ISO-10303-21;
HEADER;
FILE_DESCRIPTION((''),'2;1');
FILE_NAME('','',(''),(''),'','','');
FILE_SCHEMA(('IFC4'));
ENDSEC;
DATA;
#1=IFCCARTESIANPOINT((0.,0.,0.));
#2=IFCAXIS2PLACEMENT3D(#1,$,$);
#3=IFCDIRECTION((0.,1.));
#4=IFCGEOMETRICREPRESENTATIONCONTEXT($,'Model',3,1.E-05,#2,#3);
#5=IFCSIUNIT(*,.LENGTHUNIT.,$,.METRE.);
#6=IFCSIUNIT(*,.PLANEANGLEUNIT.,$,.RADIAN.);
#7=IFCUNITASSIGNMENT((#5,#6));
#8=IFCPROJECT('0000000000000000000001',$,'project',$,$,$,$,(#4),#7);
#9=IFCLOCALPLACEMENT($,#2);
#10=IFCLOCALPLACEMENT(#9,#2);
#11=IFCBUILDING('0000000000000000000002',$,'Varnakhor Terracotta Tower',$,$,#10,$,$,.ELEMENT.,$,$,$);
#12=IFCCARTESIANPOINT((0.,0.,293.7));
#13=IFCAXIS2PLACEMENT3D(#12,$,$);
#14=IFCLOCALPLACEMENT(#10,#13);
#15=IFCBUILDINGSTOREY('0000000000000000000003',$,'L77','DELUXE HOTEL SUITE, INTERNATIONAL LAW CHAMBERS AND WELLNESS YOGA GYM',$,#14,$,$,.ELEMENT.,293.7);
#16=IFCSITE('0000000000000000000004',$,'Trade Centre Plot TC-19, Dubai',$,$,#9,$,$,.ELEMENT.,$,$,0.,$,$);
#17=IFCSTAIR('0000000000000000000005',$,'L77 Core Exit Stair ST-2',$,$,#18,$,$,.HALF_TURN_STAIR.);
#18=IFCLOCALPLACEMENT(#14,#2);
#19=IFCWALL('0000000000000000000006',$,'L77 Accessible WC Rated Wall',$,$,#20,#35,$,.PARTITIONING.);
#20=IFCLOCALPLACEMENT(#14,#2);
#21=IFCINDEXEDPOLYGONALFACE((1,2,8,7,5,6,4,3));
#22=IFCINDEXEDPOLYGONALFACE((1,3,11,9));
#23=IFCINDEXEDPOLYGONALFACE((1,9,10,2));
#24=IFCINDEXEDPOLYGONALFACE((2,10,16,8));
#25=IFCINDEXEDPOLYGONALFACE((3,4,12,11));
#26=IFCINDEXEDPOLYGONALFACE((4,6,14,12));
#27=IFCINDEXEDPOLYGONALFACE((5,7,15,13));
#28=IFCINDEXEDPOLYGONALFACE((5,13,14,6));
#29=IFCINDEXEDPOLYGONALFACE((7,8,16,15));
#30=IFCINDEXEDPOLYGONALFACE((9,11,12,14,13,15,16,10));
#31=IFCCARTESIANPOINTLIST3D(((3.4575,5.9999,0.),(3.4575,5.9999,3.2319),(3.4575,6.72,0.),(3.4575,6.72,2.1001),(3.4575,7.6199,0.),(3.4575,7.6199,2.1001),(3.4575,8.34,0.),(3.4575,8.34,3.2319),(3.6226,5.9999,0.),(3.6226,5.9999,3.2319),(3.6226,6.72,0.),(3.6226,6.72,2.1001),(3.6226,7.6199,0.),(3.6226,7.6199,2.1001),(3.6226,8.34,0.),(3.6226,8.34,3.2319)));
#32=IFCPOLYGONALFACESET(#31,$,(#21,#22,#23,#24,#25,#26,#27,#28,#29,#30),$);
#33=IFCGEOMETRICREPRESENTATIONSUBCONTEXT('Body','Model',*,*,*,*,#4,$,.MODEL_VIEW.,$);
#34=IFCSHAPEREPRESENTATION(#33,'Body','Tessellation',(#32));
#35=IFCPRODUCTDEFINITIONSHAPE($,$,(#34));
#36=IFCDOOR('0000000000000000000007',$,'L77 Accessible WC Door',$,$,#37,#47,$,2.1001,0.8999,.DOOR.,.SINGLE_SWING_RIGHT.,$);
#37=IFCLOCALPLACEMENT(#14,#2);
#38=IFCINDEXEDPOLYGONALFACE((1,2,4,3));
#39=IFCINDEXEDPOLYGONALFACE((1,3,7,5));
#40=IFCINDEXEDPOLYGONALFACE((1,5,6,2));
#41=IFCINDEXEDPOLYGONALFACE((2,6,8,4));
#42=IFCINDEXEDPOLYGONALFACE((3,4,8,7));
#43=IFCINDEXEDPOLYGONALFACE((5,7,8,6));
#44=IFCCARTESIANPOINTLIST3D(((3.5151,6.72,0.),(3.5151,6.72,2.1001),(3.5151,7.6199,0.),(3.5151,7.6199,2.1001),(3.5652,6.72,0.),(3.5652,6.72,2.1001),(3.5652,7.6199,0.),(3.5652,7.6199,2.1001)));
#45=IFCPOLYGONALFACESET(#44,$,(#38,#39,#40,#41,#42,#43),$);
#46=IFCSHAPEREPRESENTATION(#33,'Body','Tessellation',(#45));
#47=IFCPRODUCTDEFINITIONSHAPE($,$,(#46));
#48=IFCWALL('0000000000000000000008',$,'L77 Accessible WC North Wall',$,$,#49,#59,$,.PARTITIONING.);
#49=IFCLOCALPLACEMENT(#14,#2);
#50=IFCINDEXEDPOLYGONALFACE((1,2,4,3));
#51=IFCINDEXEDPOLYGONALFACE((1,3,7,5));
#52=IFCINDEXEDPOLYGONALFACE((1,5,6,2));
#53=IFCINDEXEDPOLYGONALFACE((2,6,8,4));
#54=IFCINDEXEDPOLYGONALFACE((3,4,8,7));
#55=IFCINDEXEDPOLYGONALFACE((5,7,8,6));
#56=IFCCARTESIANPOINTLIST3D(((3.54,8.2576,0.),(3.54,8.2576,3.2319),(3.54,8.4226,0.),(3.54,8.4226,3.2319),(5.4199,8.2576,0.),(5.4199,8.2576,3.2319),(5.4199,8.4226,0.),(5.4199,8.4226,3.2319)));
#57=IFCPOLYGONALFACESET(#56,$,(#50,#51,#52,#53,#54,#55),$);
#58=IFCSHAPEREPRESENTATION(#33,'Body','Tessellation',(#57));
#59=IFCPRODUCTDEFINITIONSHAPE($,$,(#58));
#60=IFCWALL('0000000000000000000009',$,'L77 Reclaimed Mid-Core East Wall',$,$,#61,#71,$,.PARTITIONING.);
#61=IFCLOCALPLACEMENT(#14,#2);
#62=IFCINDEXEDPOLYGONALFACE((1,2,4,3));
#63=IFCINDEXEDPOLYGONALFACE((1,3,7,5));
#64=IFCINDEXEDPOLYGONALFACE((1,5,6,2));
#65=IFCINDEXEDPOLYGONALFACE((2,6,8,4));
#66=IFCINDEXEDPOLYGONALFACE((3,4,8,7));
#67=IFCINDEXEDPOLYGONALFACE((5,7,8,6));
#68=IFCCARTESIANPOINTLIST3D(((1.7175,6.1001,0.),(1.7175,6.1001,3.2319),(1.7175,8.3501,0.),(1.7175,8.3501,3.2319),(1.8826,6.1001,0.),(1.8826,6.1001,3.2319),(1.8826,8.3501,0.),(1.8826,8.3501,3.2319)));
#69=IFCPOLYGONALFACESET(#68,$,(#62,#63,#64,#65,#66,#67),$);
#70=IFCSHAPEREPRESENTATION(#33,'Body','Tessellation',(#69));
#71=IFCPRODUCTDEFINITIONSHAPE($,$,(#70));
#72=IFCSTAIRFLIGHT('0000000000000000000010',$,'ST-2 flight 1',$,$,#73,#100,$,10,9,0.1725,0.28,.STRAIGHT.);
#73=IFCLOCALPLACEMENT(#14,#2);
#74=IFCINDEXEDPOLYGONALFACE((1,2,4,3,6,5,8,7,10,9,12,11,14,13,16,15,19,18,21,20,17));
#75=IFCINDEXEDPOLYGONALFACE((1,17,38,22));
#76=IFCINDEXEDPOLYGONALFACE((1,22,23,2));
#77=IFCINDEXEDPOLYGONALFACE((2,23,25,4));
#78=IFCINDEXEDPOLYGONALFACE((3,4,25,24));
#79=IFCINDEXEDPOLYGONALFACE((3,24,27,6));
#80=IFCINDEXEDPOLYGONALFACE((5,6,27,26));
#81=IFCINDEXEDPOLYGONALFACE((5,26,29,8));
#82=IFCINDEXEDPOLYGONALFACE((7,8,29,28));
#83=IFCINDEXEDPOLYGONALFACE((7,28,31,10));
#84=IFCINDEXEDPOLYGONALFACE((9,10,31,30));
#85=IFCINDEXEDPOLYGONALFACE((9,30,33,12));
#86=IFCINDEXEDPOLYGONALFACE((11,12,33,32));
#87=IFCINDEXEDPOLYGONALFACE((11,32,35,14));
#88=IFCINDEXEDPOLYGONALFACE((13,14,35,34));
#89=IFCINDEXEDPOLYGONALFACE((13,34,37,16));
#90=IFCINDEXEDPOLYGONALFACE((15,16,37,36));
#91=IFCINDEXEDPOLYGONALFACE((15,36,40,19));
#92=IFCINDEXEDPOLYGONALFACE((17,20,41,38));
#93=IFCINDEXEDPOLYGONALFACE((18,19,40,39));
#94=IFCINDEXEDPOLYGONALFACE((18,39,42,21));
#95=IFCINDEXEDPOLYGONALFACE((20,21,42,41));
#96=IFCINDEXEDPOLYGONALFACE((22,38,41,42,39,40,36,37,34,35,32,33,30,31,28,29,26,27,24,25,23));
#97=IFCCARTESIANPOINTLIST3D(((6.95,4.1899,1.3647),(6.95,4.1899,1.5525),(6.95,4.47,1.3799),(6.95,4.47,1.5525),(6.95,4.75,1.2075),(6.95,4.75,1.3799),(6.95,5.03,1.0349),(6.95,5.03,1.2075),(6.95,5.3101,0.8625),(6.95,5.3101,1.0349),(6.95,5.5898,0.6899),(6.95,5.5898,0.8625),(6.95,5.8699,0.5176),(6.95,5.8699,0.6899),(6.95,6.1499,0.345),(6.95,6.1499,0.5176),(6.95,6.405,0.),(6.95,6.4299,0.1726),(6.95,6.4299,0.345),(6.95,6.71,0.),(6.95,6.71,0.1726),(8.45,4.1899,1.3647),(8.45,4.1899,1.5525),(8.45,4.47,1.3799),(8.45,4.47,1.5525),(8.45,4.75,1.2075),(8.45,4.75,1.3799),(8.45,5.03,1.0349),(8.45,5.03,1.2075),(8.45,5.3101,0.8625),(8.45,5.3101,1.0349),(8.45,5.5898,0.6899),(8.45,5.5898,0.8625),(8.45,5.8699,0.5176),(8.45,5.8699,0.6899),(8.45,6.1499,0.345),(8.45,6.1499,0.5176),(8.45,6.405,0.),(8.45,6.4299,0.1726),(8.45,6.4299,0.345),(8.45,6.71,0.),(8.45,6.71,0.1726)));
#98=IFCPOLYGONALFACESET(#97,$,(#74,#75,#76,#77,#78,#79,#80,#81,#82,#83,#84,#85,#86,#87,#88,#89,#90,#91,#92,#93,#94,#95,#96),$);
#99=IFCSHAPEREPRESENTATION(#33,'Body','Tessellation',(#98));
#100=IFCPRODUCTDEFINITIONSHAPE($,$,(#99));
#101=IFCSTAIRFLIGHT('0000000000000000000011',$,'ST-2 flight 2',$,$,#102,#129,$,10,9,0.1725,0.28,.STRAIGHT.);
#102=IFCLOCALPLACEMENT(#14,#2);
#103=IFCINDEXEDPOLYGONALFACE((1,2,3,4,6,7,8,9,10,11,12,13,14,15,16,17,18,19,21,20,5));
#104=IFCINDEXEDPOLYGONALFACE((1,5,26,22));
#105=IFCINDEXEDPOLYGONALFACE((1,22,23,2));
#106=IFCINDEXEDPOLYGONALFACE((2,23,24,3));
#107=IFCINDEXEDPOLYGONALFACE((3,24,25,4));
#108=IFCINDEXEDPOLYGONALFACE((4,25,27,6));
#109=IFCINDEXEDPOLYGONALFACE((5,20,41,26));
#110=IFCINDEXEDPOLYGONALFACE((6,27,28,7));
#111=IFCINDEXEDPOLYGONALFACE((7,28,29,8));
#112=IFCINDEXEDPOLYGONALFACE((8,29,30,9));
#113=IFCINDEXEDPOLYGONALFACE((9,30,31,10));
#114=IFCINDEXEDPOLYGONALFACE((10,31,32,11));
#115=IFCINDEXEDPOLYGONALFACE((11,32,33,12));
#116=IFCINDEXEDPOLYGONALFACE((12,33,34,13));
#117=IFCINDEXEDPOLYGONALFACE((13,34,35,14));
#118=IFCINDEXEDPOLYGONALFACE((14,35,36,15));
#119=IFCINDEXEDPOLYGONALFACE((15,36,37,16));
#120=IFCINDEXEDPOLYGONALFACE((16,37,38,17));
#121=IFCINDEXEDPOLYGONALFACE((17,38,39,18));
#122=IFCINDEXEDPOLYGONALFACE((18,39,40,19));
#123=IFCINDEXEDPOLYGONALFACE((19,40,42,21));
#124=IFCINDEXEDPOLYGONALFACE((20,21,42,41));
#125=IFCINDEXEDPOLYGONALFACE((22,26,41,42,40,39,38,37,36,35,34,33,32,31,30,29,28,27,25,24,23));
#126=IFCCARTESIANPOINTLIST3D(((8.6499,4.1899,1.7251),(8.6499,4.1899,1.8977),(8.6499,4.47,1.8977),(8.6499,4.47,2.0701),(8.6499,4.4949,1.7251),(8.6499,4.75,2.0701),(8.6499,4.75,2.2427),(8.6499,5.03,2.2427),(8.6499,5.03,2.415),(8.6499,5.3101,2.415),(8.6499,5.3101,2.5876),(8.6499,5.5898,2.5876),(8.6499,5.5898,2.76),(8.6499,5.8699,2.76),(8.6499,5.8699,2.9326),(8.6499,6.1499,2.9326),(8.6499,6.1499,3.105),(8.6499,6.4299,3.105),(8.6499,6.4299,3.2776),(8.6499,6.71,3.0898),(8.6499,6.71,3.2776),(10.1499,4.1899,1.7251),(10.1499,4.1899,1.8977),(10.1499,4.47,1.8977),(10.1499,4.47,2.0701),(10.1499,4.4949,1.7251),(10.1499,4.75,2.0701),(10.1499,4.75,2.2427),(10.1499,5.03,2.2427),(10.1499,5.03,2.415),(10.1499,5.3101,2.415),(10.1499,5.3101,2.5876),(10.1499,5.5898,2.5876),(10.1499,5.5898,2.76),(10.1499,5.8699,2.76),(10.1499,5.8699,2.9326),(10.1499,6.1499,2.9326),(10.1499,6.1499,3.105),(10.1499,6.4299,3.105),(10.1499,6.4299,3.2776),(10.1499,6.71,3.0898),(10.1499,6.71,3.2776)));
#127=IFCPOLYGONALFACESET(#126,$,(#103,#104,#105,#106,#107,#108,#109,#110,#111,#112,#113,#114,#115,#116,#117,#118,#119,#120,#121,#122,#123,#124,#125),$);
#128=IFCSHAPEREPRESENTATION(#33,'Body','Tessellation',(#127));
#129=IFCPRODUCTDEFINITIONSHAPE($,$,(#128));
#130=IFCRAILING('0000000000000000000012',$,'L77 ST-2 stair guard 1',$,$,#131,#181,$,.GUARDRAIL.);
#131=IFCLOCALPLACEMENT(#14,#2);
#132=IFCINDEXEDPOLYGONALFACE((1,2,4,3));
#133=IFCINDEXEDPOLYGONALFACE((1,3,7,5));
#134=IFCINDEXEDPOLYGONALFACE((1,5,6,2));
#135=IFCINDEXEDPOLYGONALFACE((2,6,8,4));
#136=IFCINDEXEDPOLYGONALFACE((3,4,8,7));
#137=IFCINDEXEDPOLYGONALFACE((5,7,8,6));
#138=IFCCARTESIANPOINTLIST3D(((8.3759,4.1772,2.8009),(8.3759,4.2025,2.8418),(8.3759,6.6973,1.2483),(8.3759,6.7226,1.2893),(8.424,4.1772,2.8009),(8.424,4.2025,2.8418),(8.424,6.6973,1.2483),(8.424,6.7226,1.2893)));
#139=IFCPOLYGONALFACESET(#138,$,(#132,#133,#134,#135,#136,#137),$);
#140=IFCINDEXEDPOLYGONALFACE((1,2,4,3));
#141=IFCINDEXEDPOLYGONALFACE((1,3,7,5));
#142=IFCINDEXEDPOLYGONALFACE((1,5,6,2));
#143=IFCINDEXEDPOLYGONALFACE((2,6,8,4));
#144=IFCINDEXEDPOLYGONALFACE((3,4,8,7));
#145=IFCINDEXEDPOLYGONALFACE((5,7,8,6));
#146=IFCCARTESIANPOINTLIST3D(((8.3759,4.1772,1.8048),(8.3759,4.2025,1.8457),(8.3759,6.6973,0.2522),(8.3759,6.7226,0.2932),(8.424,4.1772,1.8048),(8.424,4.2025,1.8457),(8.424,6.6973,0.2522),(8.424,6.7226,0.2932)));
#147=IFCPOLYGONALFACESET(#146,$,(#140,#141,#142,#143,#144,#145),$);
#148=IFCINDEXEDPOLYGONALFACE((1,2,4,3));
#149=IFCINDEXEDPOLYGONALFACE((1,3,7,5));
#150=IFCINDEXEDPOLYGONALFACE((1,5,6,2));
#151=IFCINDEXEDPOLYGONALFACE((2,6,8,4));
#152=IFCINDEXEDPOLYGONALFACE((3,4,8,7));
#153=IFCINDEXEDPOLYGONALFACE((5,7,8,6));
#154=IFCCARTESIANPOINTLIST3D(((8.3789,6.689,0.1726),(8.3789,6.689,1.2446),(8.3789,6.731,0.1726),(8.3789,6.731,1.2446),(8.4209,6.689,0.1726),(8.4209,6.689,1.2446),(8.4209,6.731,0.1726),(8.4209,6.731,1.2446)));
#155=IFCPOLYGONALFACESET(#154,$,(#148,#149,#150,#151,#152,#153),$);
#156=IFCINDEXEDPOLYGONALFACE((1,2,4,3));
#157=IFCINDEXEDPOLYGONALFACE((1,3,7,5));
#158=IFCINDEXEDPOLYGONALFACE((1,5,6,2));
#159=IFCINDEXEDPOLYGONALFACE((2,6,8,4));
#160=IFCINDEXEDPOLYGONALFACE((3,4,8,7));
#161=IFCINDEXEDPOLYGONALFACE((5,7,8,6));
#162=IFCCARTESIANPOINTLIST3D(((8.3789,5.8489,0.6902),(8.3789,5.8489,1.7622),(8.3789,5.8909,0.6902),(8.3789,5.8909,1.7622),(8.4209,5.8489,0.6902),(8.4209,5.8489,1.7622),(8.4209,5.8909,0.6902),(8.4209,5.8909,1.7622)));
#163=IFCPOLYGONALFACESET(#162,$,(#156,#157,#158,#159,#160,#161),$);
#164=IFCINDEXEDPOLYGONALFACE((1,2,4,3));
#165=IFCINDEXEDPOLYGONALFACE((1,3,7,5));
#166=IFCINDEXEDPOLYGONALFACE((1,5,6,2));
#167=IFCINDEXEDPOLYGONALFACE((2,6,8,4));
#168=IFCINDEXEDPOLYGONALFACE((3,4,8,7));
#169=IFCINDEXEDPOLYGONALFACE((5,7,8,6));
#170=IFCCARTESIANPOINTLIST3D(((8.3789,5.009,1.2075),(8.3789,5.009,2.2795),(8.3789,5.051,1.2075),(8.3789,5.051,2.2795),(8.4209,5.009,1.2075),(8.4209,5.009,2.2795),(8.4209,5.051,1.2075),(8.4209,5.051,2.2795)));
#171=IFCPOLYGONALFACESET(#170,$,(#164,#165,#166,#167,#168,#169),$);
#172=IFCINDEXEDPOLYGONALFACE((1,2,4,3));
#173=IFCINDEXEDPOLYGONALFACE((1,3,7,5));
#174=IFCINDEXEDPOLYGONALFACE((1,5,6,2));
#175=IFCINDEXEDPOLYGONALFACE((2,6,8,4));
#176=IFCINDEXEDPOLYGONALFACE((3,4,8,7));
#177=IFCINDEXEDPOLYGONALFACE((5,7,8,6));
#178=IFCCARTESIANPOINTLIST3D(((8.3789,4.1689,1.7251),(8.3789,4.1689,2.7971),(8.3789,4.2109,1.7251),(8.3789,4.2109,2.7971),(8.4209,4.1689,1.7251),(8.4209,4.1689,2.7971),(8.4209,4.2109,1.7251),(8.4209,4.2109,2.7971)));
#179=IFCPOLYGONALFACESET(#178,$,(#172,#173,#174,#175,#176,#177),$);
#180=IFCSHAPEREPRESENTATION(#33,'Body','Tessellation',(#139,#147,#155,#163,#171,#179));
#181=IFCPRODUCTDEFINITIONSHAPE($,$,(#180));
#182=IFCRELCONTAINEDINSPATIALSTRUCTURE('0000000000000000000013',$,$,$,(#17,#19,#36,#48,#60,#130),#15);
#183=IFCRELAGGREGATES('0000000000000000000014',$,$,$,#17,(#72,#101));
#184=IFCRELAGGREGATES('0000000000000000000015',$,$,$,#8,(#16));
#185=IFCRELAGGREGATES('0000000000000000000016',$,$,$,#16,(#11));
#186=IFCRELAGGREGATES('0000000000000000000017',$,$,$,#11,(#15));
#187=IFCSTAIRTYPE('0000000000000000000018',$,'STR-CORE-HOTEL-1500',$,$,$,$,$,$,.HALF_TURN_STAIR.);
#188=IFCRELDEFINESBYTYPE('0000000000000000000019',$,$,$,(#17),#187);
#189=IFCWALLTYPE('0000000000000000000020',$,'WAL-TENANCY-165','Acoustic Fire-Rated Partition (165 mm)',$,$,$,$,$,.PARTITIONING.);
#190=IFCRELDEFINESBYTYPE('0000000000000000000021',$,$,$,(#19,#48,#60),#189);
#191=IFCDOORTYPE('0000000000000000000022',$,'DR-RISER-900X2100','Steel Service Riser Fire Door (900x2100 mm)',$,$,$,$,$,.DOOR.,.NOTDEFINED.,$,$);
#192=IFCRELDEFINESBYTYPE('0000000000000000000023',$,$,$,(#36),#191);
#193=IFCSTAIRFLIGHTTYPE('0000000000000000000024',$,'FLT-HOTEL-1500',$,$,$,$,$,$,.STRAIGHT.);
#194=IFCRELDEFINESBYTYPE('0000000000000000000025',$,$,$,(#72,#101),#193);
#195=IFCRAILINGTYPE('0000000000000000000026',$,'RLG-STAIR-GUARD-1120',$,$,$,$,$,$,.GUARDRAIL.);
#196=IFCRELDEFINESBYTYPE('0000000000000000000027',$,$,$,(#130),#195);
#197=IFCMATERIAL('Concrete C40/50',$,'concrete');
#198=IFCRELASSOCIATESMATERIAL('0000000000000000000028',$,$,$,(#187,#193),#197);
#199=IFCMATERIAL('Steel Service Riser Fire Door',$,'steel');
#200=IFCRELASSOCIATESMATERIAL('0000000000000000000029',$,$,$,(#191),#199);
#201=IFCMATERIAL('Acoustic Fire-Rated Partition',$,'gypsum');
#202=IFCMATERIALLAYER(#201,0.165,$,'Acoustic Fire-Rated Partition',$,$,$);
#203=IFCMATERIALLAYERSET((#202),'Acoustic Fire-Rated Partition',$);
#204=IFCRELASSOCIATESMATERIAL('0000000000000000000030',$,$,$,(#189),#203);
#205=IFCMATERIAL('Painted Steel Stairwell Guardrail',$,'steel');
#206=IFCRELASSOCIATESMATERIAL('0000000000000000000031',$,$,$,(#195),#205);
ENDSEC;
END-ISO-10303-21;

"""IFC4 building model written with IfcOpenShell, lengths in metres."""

from ifc_helpers import new_model, si_unit, direction, frame, frame_2d, origin, origin_2d, place, context, subcontext, project, spatial, polyline, rectangle, outline, extrude, source, transform, mapped, material, layer, layer_set, type_object, type_shapes, element, fill, aggregate, save


model = new_model("IFC4")

# Units and contexts
model_context = context("Model", 3, precision=1e-05, world=origin(), true_north=direction((0.0, 1.0)))
body_context = subcontext(model_context, "Body", "Model", "MODEL_VIEW")
ifc_project = project(units=[si_unit("LENGTHUNIT", "METRE"), si_unit("PLANEANGLEUNIT", "RADIAN")], contexts=[model_context])

# Site, building, storey
site_placement = place(None, origin())
site = spatial("IfcSite", under=ifc_project, at=site_placement, Name="Trade Centre Plot TC-19, Dubai", CompositionType="ELEMENT", RefElevation=0.0)
building_placement = place(site_placement, origin())
building = spatial("IfcBuilding", under=site, at=building_placement, Name="Varnakhor Terracotta Tower", CompositionType="ELEMENT")
storey_placement = place(building_placement, frame((0.0, 0.0, 293.7)))
storey = spatial("IfcBuildingStorey", under=building, at=storey_placement, Name="L77", Description="DELUXE HOTEL SUITE, INTERNATIONAL LAW CHAMBERS AND WELLNESS YOGA GYM", CompositionType="ELEMENT", Elevation=293.7)

# Shared definitions
ifc_material_1 = material(Name="Concrete C40/50", Category="concrete")

# Stair
stair_type = type_object("IfcStairType", Name="STR-CORE-HOTEL-1500", PredefinedType="HALF_TURN_STAIR", material=ifc_material_1)
stair_1_placement = place(storey_placement, origin())
stair_1 = element("IfcStair", 1, at=stair_1_placement, inside=storey, type_object=stair_type, Name="L77 Core Exit Stair ST-2", PredefinedType="HALF_TURN_STAIR")

# Shared definitions
ifc_material_2 = material(Name="Acoustic Fire-Rated Partition", Category="gypsum")

# Wall, opening, door
ifc_material_3 = material(Name="Steel Service Riser Fire Door", Category="steel")
door_type_1 = type_object("IfcDoorType", Name="DR-RISER-900X2100", Description="Steel Service Riser Fire Door (900x2100 mm)", OperationType="NOTDEFINED", PredefinedType="DOOR", material=ifc_material_3)
shared_shape_1 = source(origin(), body_context, "Body", "SweptSolid", [
    extrude(rectangle(XDim=0.8999, YDim=2.1001, at=frame_2d((0.45, 1.05))), frame((0.0, 0.0249, 0.0), z_axis=(0.0, -1.0, 0.0), x_axis=(1.0, 0.0, 0.0)), (0.0, 0.0, 1.0), 0.05),
])
type_shapes(door_type_1, [shared_shape_1])
ifc_layer_1 = layer(ifc_material_2, 0.165, Name="Acoustic Fire-Rated Partition")
ifc_layer_set_1 = layer_set([ifc_layer_1], Name="Acoustic Fire-Rated Partition")
wall_type_1 = type_object("IfcWallType", Name="WAL-TENANCY-165", Description="Acoustic Fire-Rated Partition (165 mm)", PredefinedType="PARTITIONING", material=ifc_layer_set_1)
wall_1_placement = place(storey_placement, frame((3.54, 6.0, 0.0), z_axis=(0.0, 0.0, 1.0), x_axis=(0.0, 1.0, 0.0)))
wall_1 = element("IfcWall", 2, at=wall_1_placement, inside=storey, type_object=wall_type_1, Name="L77 Accessible WC Rated Wall", PredefinedType="PARTITIONING", context=body_context, shape_type="SweptSolid", body=[
    extrude(rectangle(XDim=2.3401, YDim=0.165, at=frame_2d((1.1699, 0.0))), origin(), (0.0, 0.0, 1.0), 3.2319),
])
opening_1_placement = place(wall_1_placement, frame((0.72, 0.0, 0.0)))
opening_1 = element("IfcOpeningElement", 3, at=opening_1_placement, cuts=wall_1, PredefinedType="OPENING", context=body_context, shape_type="SweptSolid", body=[
    extrude(rectangle(XDim=0.8999, YDim=2.1001, at=frame_2d((0.45, 1.05))), frame((0.0, 0.0925, 0.0), z_axis=(0.0, -1.0, 0.0), x_axis=(1.0, 0.0, 0.0)), (0.0, 0.0, 1.0), 0.1851),
])
door_1_placement = place(opening_1_placement, origin())
door_1 = element("IfcDoor", 4, at=door_1_placement, inside=storey, type_object=door_type_1, Name="L77 Accessible WC Door", OperationType="SINGLE_SWING_RIGHT", OverallHeight=2.1001, OverallWidth=0.8999, PredefinedType="DOOR", context=body_context, shape_type="MappedRepresentation", body=[
    mapped(shared_shape_1, transform((0.0, 0.0, 0.0), scale=1.0)),
])
fill(opening_1, door_1)

# Walls
wall_2_placement = place(storey_placement, frame((3.54, 8.3401, 0.0), z_axis=(0.0, 0.0, 1.0), x_axis=(1.0, 0.0, 0.0)))
element("IfcWall", 5, at=wall_2_placement, inside=storey, type_object=wall_type_1, Name="L77 Accessible WC North Wall", PredefinedType="PARTITIONING", context=body_context, shape_type="SweptSolid", body=[
    extrude(rectangle(XDim=1.8799, YDim=0.165, at=frame_2d((0.9399, 0.0))), origin(), (0.0, 0.0, 1.0), 3.2319),
])
wall_3_placement = place(storey_placement, frame((1.8, 6.1001, 0.0), z_axis=(0.0, 0.0, 1.0), x_axis=(0.0, 1.0, 0.0)))
element("IfcWall", 6, at=wall_3_placement, inside=storey, type_object=wall_type_1, Name="L77 Reclaimed Mid-Core East Wall", PredefinedType="PARTITIONING", context=body_context, shape_type="SweptSolid", body=[
    extrude(rectangle(XDim=2.25, YDim=0.165, at=frame_2d((1.125, 0.0))), origin(), (0.0, 0.0, 1.0), 3.2319),
])

# Stair flights
stair_flight_type = type_object("IfcStairFlightType", Name="FLT-HOTEL-1500", PredefinedType="STRAIGHT", material=ifc_material_1)
stair_flight_1_placement = place(storey_placement, frame((7.7, 6.71, 0.0), z_axis=(0.0, 0.0, 1.0), x_axis=(0.0, -1.0, 0.0)))
stair_flight_1 = element("IfcStairFlight", 7, at=stair_flight_1_placement, type_object=stair_flight_type, Name="ST-2 flight 1", NumberOfRisers=10, NumberOfTreads=9, PredefinedType="STRAIGHT", RiserHeight=0.1725, TreadLength=0.28, context=body_context, shape_type="SweptSolid", body=[
    extrude(outline(polyline([(0.0, 0.0), (0.0, 0.1726), (0.28, 0.1726), (0.28, 0.345), (0.5601, 0.345), (0.5601, 0.5176), (0.8401, 0.5176), (0.8401, 0.6899), (1.1201, 0.6899), (1.1201, 0.8625), (1.3999, 0.8625), (1.3999, 1.0349), (1.6799, 1.0349), (1.6799, 1.2075), (1.96, 1.2075), (1.96, 1.3799), (2.24, 1.3799), (2.24, 1.5525), (2.52, 1.5525), (2.52, 1.7251), (2.52, 1.3647), (0.3049, 0.0), (0.0, 0.0)])), frame((0.0, 0.75, 0.0), z_axis=(0.0, -1.0, 0.0), x_axis=(1.0, 0.0, 0.0)), (0.0, 0.0, 1.0), 1.5),
])
stair_flight_2_placement = place(storey_placement, frame((9.3999, 4.1899, 1.7251), z_axis=(0.0, 0.0, 1.0), x_axis=(0.0, 1.0, 0.0)))
stair_flight_2 = element("IfcStairFlight", 8, at=stair_flight_2_placement, type_object=stair_flight_type, Name="ST-2 flight 2", NumberOfRisers=10, NumberOfTreads=9, PredefinedType="STRAIGHT", RiserHeight=0.1725, TreadLength=0.28, context=body_context, shape_type="SweptSolid", body=[
    extrude(outline(polyline([(0.0, 0.0), (0.0, 0.1726), (0.28, 0.1726), (0.28, 0.345), (0.5601, 0.345), (0.5601, 0.5176), (0.8401, 0.5176), (0.8401, 0.6899), (1.1201, 0.6899), (1.1201, 0.8625), (1.3999, 0.8625), (1.3999, 1.0349), (1.6799, 1.0349), (1.6799, 1.2075), (1.96, 1.2075), (1.96, 1.3799), (2.24, 1.3799), (2.24, 1.5525), (2.52, 1.5525), (2.52, 1.7251), (2.52, 1.3647), (0.3049, 0.0), (0.0, 0.0)])), frame((0.0, 0.75, 0.0), z_axis=(0.0, -1.0, 0.0), x_axis=(1.0, 0.0, 0.0)), (0.0, 0.0, 1.0), 1.5),
])
aggregate(stair_1, [stair_flight_1, stair_flight_2])

# Railing
ifc_material_4 = material(Name="Painted Steel Stairwell Guardrail", Category="steel")
railing_type_1 = type_object("IfcRailingType", Name="RLG-STAIR-GUARD-1120", PredefinedType="GUARDRAIL", material=ifc_material_4)
railing_1_placement = place(storey_placement, frame((8.3999, 6.71, 0.1726)))
element("IfcRailing", 9, at=railing_1_placement, inside=storey, type_object=railing_type_1, Name="L77 ST-2 stair guard 1", PredefinedType="GUARDRAIL", context=body_context, shape_type="SweptSolid", body=[
    extrude(rectangle(XDim=0.0481, YDim=0.0481, at=origin_2d()), frame((0.0, 0.0, 1.0962), z_axis=(0.0, -0.8514, 0.524516), x_axis=(1.0, 0.0, 0.0)), (0.0, 0.0, 1.0), 2.96),
    extrude(rectangle(XDim=0.0481, YDim=0.0481, at=origin_2d()), frame((0.0, 0.0, 0.1001), z_axis=(0.0, -0.8514, 0.524516), x_axis=(1.0, 0.0, 0.0)), (0.0, 0.0, 1.0), 2.96),
    extrude(rectangle(XDim=0.042, YDim=0.042, at=origin_2d()), origin(), (0.0, 0.0, 1.0), 1.072),
    extrude(rectangle(XDim=0.042, YDim=0.042, at=origin_2d()), frame((0.0, -0.8401, 0.5176)), (0.0, 0.0, 1.0), 1.072),
    extrude(rectangle(XDim=0.042, YDim=0.042, at=origin_2d()), frame((0.0, -1.6799, 1.0349)), (0.0, 0.0, 1.0), 1.072),
    extrude(rectangle(XDim=0.042, YDim=0.042, at=origin_2d()), frame((0.0, -2.52, 1.5525)), (0.0, 0.0, 1.0), 1.072),
])

save(model, "model.ifc")
